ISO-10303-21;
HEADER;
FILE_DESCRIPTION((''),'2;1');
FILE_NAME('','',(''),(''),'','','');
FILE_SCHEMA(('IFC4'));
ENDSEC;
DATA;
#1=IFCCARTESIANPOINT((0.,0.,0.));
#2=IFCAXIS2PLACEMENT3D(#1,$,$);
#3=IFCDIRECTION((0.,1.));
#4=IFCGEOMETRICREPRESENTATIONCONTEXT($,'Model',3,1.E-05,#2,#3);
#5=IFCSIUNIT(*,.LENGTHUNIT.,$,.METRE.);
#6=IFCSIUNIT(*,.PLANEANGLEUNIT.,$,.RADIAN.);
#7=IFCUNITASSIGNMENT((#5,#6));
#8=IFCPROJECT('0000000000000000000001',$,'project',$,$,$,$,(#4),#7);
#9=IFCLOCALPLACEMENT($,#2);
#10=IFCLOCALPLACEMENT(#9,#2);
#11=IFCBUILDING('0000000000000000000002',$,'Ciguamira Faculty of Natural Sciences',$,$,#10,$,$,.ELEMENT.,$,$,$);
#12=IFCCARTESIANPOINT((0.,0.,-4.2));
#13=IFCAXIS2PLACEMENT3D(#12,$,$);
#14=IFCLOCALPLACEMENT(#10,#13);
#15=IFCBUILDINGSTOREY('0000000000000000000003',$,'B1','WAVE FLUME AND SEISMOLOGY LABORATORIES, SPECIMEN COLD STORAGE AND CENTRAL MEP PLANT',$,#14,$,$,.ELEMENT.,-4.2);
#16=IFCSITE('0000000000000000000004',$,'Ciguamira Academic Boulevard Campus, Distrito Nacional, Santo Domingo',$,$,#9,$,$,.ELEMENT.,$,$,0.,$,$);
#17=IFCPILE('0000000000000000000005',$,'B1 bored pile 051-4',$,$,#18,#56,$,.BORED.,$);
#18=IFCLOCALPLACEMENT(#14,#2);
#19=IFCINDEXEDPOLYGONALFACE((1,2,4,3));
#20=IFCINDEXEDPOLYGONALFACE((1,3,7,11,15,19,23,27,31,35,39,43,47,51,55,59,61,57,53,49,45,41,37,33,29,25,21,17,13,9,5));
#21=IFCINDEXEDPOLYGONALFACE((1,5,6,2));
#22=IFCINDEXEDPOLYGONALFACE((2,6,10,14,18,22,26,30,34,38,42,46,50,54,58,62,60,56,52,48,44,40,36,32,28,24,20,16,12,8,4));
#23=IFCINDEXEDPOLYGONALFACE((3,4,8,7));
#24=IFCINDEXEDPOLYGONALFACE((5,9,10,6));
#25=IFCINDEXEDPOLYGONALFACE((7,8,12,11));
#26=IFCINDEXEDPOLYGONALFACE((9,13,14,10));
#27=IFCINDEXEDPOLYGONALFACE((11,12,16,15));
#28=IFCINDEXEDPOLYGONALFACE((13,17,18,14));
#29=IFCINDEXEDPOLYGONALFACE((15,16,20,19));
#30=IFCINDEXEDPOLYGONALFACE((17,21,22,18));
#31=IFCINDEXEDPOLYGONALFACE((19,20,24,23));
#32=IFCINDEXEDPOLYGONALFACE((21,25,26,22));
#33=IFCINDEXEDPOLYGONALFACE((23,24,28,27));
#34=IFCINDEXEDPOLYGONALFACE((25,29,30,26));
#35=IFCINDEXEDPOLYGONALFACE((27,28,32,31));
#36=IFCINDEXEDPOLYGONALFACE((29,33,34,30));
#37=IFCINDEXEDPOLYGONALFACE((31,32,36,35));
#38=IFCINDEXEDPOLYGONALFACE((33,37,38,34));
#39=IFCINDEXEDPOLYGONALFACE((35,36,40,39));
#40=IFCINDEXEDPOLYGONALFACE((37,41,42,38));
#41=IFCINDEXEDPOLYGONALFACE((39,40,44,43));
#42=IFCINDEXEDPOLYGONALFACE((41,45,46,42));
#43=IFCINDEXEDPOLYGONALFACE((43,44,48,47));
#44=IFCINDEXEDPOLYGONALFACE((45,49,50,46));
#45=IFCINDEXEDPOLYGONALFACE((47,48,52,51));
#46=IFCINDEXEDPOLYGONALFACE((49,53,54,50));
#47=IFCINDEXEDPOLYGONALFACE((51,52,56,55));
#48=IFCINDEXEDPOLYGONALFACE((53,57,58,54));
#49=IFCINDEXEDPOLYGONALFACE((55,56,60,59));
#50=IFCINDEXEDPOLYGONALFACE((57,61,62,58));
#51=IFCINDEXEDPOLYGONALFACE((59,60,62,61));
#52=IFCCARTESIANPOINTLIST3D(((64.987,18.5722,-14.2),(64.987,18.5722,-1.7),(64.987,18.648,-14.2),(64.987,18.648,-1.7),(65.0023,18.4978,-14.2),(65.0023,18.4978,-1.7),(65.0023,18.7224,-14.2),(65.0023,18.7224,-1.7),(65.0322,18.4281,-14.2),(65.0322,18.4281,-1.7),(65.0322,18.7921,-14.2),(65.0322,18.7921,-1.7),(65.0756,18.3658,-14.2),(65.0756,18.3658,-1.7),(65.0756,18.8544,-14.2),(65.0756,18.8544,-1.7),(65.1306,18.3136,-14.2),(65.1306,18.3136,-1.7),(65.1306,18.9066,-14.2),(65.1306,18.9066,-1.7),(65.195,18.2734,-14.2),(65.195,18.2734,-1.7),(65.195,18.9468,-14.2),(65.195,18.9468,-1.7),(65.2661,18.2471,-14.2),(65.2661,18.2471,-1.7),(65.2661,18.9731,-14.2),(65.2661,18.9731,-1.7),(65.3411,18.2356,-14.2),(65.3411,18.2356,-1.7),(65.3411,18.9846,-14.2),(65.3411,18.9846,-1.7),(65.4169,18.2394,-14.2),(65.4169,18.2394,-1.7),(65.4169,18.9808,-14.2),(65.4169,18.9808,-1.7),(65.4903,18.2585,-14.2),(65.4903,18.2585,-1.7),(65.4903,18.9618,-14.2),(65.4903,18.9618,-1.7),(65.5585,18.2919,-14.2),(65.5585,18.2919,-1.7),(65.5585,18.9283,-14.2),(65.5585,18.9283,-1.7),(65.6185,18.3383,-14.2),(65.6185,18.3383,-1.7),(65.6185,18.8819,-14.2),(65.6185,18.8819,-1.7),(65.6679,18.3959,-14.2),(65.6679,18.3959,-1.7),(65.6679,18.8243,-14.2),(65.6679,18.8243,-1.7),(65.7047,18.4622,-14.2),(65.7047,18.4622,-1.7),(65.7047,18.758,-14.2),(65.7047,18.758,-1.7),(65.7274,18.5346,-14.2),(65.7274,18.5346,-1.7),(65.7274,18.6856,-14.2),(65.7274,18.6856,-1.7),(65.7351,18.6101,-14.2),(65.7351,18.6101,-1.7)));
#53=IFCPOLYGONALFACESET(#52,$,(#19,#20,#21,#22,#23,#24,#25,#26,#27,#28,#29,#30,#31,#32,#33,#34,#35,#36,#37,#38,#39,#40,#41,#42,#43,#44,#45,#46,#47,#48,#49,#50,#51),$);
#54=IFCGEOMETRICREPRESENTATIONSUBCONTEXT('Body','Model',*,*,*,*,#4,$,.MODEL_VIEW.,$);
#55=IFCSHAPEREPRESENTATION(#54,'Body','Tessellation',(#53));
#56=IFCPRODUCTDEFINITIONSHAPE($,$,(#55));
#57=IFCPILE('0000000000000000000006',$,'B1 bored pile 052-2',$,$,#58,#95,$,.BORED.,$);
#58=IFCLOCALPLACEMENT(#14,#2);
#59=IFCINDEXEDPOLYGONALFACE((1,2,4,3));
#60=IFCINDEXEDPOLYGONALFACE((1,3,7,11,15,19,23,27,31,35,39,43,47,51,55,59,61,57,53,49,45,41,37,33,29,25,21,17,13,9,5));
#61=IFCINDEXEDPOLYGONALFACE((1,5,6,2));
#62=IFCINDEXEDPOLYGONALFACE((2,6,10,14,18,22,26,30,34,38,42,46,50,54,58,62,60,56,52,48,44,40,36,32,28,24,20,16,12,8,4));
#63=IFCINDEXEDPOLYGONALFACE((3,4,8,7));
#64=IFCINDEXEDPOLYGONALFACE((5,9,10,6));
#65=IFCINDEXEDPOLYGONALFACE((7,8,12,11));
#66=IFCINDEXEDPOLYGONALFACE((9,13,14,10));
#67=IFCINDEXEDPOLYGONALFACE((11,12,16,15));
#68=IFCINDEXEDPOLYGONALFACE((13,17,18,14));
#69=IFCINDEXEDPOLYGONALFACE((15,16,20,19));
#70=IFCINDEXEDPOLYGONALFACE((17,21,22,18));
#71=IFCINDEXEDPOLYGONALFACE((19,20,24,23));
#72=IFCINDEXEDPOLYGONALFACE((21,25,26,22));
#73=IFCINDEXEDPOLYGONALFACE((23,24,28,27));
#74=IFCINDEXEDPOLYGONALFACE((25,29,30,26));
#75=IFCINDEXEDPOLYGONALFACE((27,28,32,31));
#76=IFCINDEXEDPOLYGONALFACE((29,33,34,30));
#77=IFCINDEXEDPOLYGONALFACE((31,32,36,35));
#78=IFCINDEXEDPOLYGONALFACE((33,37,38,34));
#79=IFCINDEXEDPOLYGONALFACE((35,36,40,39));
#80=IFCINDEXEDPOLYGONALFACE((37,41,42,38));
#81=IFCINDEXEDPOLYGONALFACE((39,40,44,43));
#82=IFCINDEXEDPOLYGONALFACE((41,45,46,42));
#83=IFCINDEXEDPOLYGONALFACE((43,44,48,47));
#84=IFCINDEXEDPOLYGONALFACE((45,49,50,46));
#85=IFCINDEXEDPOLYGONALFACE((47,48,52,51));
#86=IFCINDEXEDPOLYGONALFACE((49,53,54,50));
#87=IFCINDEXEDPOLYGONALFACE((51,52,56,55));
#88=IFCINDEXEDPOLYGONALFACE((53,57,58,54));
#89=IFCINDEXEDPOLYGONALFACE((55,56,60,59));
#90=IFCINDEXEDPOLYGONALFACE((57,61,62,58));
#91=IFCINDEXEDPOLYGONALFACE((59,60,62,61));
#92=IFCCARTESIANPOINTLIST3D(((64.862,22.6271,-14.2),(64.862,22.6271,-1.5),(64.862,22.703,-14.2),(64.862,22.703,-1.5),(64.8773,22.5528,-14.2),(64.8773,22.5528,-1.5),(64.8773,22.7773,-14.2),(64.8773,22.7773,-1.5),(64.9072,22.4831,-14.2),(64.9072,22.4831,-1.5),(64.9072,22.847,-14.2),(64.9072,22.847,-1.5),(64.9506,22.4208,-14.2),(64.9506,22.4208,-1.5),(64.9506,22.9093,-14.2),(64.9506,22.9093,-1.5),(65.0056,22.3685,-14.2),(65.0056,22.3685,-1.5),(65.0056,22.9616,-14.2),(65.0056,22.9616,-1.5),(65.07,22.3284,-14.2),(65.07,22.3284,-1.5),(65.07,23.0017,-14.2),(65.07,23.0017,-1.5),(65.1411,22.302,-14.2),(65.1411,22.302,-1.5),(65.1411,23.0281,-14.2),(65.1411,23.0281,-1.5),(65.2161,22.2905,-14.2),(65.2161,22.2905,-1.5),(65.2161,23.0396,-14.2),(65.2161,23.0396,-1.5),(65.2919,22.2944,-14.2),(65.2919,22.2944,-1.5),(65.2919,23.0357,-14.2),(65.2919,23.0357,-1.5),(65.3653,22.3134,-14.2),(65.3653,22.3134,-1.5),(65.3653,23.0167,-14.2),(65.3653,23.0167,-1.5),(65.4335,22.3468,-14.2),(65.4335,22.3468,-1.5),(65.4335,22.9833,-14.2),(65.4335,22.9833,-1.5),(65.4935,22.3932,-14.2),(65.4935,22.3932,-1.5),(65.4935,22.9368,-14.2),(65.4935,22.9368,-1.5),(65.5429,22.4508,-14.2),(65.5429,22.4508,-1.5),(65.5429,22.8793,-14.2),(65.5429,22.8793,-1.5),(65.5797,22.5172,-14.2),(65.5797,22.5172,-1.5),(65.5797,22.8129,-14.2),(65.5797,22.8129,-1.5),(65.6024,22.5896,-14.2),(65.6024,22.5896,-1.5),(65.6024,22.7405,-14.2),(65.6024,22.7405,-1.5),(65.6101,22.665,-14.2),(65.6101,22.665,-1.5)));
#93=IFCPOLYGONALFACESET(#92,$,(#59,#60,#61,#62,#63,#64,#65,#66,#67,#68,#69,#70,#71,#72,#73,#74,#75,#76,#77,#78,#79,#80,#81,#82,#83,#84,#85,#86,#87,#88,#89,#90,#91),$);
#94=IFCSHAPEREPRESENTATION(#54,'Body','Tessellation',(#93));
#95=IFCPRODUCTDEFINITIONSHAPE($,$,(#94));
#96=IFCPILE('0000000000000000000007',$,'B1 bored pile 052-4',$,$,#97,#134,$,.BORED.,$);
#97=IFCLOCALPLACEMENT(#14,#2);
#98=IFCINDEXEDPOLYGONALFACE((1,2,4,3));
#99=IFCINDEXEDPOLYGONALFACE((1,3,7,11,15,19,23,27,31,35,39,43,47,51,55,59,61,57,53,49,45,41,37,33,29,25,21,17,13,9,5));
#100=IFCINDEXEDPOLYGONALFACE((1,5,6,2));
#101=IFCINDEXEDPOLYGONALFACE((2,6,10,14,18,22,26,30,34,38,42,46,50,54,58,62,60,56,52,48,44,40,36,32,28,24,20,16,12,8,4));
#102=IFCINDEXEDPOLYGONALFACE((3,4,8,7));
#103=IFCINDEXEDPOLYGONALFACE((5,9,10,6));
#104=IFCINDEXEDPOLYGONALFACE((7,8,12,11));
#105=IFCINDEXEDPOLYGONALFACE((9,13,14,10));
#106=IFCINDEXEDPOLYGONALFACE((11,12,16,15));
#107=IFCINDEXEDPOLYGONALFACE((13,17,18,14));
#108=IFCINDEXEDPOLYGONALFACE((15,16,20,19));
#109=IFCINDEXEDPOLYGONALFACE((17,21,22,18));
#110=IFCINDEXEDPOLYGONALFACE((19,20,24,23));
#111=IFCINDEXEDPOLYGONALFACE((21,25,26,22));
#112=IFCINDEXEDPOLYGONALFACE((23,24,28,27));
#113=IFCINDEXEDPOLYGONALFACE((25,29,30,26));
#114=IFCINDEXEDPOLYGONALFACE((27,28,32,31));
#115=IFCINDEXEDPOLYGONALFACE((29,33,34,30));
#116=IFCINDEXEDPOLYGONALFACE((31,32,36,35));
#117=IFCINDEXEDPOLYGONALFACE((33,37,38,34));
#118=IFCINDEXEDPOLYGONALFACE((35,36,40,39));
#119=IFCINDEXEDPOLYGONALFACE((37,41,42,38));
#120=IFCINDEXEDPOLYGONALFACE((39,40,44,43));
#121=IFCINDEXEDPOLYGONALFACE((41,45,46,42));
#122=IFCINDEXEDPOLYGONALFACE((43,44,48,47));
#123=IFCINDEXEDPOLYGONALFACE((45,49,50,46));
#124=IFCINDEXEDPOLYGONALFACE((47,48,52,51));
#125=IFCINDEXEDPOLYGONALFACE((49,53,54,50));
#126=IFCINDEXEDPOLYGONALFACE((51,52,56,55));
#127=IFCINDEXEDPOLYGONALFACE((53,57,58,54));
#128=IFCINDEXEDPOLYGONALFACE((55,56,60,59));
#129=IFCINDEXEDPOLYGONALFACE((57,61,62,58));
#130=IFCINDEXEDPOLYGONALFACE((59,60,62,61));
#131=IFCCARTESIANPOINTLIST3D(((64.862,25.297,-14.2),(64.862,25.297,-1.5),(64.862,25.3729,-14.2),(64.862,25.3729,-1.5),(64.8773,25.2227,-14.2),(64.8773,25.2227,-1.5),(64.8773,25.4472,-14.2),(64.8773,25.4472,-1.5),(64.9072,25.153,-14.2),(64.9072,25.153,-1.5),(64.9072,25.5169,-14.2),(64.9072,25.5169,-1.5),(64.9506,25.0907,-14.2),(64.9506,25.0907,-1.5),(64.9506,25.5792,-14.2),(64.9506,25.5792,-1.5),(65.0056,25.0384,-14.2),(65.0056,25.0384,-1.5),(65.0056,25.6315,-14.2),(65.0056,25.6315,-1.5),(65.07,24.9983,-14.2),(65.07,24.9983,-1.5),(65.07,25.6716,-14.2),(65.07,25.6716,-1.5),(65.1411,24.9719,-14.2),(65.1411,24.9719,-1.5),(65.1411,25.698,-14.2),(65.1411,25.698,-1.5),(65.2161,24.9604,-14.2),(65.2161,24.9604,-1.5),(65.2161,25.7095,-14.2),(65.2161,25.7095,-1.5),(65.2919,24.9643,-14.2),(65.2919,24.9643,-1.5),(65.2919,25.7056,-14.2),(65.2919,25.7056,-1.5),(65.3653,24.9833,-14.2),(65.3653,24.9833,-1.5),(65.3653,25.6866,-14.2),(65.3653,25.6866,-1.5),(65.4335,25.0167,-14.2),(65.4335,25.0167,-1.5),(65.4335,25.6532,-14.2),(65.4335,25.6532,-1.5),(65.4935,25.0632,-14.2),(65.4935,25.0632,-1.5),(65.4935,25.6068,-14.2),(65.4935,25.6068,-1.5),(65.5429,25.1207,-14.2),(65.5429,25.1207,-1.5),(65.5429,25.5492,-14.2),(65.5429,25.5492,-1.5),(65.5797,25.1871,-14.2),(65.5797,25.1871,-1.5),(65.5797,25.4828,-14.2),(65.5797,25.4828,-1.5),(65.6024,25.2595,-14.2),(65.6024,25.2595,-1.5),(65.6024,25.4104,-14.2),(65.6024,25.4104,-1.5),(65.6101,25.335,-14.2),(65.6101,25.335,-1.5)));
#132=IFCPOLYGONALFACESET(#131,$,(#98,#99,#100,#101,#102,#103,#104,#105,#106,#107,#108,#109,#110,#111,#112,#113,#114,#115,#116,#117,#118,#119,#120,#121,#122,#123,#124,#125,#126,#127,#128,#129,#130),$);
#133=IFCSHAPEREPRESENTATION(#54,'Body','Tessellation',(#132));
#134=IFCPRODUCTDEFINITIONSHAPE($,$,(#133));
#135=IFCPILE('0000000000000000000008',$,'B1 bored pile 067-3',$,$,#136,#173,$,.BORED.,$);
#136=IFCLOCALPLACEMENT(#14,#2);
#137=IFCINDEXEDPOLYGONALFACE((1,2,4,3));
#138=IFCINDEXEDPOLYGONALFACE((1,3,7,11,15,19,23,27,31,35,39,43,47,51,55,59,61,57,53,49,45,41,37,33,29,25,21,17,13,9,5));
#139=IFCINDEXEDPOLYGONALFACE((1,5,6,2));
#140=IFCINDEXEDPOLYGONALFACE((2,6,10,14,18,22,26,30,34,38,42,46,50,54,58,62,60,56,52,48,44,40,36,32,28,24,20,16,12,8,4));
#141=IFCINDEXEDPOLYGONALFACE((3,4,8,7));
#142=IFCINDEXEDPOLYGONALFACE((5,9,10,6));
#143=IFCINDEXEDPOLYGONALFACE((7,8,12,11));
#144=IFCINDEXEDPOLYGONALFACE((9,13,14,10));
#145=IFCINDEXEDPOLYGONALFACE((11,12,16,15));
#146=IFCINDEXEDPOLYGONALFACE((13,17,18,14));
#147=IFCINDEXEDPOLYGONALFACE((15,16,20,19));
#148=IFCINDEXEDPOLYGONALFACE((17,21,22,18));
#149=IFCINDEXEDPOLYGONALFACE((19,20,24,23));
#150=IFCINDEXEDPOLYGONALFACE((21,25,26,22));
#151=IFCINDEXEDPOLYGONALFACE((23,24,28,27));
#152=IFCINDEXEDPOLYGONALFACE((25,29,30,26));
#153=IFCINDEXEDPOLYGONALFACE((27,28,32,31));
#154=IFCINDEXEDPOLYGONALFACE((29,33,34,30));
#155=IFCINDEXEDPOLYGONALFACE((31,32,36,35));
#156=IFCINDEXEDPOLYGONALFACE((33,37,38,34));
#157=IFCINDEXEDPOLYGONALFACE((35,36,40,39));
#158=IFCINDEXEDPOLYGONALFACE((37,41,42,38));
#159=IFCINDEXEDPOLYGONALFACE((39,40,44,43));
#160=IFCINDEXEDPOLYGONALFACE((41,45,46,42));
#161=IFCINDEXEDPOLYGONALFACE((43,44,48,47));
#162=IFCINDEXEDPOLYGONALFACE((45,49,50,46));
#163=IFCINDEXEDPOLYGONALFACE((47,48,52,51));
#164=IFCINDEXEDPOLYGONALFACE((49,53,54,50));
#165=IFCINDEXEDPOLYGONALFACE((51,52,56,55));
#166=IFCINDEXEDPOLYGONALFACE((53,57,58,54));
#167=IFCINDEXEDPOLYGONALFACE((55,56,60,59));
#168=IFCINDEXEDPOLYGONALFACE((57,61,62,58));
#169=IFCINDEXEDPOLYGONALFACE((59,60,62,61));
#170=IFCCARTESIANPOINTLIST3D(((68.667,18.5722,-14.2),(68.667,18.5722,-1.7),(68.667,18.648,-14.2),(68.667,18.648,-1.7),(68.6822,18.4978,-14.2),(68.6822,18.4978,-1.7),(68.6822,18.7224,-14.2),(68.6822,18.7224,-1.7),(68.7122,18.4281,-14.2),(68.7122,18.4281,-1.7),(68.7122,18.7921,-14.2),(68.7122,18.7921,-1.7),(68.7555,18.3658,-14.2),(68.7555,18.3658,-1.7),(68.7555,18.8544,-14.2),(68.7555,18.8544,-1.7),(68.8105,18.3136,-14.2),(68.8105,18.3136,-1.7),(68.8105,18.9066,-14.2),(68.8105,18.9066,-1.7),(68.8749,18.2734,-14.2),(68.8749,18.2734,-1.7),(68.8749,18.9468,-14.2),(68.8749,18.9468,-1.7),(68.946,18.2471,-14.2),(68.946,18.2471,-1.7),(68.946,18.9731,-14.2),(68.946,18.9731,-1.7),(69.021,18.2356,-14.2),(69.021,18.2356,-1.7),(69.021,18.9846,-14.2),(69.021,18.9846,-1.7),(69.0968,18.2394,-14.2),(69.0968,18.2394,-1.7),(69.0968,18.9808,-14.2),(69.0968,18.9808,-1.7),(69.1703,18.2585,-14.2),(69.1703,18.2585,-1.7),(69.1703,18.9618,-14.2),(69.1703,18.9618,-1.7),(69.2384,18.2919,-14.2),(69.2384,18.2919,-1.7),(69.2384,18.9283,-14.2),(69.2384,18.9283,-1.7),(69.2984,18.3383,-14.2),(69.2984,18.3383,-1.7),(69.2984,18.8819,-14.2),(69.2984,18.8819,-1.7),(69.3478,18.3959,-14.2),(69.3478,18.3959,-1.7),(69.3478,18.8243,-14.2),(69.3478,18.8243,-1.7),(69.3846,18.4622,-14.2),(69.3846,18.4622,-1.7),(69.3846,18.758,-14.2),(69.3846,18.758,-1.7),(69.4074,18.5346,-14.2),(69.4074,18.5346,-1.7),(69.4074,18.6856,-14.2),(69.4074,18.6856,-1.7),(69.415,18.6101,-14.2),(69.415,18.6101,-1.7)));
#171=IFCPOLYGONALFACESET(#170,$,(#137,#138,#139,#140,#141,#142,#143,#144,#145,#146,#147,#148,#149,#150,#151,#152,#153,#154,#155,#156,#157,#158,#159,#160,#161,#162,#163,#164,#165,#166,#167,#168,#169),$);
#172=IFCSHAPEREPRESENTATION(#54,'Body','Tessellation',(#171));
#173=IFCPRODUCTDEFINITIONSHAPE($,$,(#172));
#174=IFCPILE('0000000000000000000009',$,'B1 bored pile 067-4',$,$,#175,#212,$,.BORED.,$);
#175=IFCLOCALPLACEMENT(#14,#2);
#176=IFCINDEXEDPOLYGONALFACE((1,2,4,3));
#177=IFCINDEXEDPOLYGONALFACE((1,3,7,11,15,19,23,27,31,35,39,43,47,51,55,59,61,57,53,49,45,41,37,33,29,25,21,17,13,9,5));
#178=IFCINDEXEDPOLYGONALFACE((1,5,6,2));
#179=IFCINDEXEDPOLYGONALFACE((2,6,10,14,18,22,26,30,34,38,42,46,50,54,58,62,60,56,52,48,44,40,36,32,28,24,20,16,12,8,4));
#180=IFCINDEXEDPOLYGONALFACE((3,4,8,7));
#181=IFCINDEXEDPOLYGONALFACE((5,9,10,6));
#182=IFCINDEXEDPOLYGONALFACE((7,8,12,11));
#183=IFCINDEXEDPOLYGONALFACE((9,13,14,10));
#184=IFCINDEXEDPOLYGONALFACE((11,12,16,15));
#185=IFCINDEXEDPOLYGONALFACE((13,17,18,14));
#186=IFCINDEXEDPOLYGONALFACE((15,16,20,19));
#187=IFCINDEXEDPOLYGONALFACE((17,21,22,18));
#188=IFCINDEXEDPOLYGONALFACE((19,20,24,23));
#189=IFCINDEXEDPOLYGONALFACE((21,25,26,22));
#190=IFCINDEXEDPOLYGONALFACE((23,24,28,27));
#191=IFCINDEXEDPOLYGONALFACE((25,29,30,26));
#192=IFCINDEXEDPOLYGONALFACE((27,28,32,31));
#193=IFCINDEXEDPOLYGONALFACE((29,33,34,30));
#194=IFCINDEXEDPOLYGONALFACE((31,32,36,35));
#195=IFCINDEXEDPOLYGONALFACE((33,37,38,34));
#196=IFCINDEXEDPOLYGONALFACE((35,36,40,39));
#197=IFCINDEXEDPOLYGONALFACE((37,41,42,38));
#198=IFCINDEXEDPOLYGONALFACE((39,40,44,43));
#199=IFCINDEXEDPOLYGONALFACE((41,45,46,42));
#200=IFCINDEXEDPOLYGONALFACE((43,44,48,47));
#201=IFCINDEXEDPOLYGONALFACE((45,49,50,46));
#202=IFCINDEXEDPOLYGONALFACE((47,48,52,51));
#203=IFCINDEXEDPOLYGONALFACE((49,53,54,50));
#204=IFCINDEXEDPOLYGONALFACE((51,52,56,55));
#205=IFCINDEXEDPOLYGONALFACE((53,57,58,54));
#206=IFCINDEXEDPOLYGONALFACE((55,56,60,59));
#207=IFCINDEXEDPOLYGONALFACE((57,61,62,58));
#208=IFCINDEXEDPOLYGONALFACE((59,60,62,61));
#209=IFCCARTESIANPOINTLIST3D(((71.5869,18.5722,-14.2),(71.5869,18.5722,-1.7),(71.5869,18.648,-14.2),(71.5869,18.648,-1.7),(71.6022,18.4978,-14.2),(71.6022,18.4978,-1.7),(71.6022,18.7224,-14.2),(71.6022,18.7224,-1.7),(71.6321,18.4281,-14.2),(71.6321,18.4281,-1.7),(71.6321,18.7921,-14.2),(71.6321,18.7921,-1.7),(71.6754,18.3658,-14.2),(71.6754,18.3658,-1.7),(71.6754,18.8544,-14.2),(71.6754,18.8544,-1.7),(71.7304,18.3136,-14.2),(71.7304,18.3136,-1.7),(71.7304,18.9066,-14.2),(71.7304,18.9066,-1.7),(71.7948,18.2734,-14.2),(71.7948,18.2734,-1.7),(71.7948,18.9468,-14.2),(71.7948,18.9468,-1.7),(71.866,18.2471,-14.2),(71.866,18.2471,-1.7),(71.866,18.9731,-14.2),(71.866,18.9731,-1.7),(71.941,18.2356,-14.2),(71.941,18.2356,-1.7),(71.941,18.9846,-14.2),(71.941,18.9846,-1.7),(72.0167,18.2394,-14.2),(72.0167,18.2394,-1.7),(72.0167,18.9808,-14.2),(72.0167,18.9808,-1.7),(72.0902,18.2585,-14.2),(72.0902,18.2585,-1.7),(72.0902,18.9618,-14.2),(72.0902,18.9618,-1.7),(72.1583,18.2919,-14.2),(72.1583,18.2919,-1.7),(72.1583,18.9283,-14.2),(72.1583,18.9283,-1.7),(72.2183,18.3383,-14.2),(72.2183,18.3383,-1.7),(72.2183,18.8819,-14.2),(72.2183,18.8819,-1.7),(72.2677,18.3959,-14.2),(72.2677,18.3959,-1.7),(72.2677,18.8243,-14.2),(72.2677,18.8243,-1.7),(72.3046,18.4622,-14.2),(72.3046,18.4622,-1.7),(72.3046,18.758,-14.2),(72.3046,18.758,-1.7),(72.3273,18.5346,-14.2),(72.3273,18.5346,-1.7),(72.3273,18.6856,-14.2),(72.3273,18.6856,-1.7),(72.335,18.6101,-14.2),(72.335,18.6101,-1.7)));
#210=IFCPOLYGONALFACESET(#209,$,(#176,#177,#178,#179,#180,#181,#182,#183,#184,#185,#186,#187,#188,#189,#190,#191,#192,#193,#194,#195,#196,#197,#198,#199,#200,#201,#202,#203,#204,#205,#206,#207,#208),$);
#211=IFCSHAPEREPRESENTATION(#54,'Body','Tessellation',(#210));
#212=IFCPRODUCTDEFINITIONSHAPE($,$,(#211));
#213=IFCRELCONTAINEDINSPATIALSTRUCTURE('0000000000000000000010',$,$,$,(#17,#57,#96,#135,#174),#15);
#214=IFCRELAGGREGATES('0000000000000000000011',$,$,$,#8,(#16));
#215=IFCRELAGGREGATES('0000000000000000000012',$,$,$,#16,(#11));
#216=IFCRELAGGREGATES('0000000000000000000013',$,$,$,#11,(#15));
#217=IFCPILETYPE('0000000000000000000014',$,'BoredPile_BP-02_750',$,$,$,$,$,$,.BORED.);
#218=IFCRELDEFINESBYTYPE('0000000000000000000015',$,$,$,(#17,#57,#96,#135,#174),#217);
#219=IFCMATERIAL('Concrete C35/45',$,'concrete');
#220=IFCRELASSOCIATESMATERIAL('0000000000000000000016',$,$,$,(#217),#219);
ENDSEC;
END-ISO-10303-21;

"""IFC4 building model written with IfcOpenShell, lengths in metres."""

from ifc_helpers import new_model, si_unit, direction, frame, origin, origin_2d, place, context, subcontext, project, spatial, circle, extrude, material, material_profile, profile_set, type_object, element, save


model = new_model("IFC4")

# Units and contexts
model_context = context("Model", 3, precision=1e-05, world=origin(), true_north=direction((0.0, 1.0)))
body_context = subcontext(model_context, "Body", "Model", "MODEL_VIEW")
ifc_project = project(units=[si_unit("LENGTHUNIT", "METRE"), si_unit("PLANEANGLEUNIT", "RADIAN")], contexts=[model_context])

# Site, building, storey
site_placement = place(None, origin())
site = spatial("IfcSite", under=ifc_project, at=site_placement, Name="Ciguamira Academic Boulevard Campus, Distrito Nacional, Santo Domingo", CompositionType="ELEMENT", RefElevation=0.0)
building_placement = place(site_placement, origin())
building = spatial("IfcBuilding", under=site, at=building_placement, Name="Ciguamira Faculty of Natural Sciences", CompositionType="ELEMENT")
storey_placement = place(building_placement, frame((0.0, 0.0, -4.2)))
storey = spatial("IfcBuildingStorey", under=building, at=storey_placement, Name="B1", Description="WAVE FLUME AND SEISMOLOGY LABORATORIES, SPECIMEN COLD STORAGE AND CENTRAL MEP PLANT", CompositionType="ELEMENT", Elevation=-4.2)

# Piles
ifc_material_1 = material(Name="Concrete C35/45", Category="concrete")
ifc_material_profile_1 = material_profile(ifc_material_1, circle(Radius=0.375, at=origin_2d()), Name="PILE-BORED-750")
ifc_profile_set_1 = profile_set([ifc_material_profile_1], Name="Concrete C35/45")
pile_type = type_object("IfcPileType", Name="BoredPile_BP-02_750", PredefinedType="BORED", material=ifc_profile_set_1)
pile_1_placement = place(storey_placement, frame((65.3601, 18.6101, -1.7), z_axis=(0.0, 0.0, -1.0), x_axis=(1.0, 0.0, 0.0)))
element("IfcPile", 1, at=pile_1_placement, inside=storey, type_object=pile_type, Name="B1 bored pile 051-4", PredefinedType="BORED", context=body_context, shape_type="SweptSolid", body=[
    extrude(circle(Radius=0.375, at=origin_2d()), origin(), (0.0, 0.0, 1.0), 12.5),
])
for number, where, z_axis, x_axis, name in (
    (2, (65.2351, 22.665, -1.5), (0.0, 0.0, -1.0), (1.0, 0.0, 0.0), "B1 bored pile 052-2"),
    (3, (65.2351, 25.335, -1.5), (0.0, 0.0, -1.0), (1.0, 0.0, 0.0), "B1 bored pile 052-4"),
):
    element("IfcPile", number, at=place(storey_placement, frame(where, z_axis=z_axis, x_axis=x_axis)), inside=storey, type_object=pile_type, Name=name, PredefinedType="BORED", context=body_context, shape_type="SweptSolid", body=[
        extrude(circle(Radius=0.375, at=origin_2d()), origin(), (0.0, 0.0, 1.0), 12.7),
    ])
for number, where, z_axis, x_axis, name in (
    (4, (69.04, 18.6101, -1.7), (0.0, 0.0, -1.0), (1.0, 0.0, 0.0), "B1 bored pile 067-3"),
    (5, (71.96, 18.6101, -1.7), (0.0, 0.0, -1.0), (1.0, 0.0, 0.0), "B1 bored pile 067-4"),
):
    element("IfcPile", number, at=place(storey_placement, frame(where, z_axis=z_axis, x_axis=x_axis)), inside=storey, type_object=pile_type, Name=name, PredefinedType="BORED", context=body_context, shape_type="SweptSolid", body=[
        extrude(circle(Radius=0.375, at=origin_2d()), origin(), (0.0, 0.0, 1.0), 12.5),
    ])

save(model, "model.ifc")
